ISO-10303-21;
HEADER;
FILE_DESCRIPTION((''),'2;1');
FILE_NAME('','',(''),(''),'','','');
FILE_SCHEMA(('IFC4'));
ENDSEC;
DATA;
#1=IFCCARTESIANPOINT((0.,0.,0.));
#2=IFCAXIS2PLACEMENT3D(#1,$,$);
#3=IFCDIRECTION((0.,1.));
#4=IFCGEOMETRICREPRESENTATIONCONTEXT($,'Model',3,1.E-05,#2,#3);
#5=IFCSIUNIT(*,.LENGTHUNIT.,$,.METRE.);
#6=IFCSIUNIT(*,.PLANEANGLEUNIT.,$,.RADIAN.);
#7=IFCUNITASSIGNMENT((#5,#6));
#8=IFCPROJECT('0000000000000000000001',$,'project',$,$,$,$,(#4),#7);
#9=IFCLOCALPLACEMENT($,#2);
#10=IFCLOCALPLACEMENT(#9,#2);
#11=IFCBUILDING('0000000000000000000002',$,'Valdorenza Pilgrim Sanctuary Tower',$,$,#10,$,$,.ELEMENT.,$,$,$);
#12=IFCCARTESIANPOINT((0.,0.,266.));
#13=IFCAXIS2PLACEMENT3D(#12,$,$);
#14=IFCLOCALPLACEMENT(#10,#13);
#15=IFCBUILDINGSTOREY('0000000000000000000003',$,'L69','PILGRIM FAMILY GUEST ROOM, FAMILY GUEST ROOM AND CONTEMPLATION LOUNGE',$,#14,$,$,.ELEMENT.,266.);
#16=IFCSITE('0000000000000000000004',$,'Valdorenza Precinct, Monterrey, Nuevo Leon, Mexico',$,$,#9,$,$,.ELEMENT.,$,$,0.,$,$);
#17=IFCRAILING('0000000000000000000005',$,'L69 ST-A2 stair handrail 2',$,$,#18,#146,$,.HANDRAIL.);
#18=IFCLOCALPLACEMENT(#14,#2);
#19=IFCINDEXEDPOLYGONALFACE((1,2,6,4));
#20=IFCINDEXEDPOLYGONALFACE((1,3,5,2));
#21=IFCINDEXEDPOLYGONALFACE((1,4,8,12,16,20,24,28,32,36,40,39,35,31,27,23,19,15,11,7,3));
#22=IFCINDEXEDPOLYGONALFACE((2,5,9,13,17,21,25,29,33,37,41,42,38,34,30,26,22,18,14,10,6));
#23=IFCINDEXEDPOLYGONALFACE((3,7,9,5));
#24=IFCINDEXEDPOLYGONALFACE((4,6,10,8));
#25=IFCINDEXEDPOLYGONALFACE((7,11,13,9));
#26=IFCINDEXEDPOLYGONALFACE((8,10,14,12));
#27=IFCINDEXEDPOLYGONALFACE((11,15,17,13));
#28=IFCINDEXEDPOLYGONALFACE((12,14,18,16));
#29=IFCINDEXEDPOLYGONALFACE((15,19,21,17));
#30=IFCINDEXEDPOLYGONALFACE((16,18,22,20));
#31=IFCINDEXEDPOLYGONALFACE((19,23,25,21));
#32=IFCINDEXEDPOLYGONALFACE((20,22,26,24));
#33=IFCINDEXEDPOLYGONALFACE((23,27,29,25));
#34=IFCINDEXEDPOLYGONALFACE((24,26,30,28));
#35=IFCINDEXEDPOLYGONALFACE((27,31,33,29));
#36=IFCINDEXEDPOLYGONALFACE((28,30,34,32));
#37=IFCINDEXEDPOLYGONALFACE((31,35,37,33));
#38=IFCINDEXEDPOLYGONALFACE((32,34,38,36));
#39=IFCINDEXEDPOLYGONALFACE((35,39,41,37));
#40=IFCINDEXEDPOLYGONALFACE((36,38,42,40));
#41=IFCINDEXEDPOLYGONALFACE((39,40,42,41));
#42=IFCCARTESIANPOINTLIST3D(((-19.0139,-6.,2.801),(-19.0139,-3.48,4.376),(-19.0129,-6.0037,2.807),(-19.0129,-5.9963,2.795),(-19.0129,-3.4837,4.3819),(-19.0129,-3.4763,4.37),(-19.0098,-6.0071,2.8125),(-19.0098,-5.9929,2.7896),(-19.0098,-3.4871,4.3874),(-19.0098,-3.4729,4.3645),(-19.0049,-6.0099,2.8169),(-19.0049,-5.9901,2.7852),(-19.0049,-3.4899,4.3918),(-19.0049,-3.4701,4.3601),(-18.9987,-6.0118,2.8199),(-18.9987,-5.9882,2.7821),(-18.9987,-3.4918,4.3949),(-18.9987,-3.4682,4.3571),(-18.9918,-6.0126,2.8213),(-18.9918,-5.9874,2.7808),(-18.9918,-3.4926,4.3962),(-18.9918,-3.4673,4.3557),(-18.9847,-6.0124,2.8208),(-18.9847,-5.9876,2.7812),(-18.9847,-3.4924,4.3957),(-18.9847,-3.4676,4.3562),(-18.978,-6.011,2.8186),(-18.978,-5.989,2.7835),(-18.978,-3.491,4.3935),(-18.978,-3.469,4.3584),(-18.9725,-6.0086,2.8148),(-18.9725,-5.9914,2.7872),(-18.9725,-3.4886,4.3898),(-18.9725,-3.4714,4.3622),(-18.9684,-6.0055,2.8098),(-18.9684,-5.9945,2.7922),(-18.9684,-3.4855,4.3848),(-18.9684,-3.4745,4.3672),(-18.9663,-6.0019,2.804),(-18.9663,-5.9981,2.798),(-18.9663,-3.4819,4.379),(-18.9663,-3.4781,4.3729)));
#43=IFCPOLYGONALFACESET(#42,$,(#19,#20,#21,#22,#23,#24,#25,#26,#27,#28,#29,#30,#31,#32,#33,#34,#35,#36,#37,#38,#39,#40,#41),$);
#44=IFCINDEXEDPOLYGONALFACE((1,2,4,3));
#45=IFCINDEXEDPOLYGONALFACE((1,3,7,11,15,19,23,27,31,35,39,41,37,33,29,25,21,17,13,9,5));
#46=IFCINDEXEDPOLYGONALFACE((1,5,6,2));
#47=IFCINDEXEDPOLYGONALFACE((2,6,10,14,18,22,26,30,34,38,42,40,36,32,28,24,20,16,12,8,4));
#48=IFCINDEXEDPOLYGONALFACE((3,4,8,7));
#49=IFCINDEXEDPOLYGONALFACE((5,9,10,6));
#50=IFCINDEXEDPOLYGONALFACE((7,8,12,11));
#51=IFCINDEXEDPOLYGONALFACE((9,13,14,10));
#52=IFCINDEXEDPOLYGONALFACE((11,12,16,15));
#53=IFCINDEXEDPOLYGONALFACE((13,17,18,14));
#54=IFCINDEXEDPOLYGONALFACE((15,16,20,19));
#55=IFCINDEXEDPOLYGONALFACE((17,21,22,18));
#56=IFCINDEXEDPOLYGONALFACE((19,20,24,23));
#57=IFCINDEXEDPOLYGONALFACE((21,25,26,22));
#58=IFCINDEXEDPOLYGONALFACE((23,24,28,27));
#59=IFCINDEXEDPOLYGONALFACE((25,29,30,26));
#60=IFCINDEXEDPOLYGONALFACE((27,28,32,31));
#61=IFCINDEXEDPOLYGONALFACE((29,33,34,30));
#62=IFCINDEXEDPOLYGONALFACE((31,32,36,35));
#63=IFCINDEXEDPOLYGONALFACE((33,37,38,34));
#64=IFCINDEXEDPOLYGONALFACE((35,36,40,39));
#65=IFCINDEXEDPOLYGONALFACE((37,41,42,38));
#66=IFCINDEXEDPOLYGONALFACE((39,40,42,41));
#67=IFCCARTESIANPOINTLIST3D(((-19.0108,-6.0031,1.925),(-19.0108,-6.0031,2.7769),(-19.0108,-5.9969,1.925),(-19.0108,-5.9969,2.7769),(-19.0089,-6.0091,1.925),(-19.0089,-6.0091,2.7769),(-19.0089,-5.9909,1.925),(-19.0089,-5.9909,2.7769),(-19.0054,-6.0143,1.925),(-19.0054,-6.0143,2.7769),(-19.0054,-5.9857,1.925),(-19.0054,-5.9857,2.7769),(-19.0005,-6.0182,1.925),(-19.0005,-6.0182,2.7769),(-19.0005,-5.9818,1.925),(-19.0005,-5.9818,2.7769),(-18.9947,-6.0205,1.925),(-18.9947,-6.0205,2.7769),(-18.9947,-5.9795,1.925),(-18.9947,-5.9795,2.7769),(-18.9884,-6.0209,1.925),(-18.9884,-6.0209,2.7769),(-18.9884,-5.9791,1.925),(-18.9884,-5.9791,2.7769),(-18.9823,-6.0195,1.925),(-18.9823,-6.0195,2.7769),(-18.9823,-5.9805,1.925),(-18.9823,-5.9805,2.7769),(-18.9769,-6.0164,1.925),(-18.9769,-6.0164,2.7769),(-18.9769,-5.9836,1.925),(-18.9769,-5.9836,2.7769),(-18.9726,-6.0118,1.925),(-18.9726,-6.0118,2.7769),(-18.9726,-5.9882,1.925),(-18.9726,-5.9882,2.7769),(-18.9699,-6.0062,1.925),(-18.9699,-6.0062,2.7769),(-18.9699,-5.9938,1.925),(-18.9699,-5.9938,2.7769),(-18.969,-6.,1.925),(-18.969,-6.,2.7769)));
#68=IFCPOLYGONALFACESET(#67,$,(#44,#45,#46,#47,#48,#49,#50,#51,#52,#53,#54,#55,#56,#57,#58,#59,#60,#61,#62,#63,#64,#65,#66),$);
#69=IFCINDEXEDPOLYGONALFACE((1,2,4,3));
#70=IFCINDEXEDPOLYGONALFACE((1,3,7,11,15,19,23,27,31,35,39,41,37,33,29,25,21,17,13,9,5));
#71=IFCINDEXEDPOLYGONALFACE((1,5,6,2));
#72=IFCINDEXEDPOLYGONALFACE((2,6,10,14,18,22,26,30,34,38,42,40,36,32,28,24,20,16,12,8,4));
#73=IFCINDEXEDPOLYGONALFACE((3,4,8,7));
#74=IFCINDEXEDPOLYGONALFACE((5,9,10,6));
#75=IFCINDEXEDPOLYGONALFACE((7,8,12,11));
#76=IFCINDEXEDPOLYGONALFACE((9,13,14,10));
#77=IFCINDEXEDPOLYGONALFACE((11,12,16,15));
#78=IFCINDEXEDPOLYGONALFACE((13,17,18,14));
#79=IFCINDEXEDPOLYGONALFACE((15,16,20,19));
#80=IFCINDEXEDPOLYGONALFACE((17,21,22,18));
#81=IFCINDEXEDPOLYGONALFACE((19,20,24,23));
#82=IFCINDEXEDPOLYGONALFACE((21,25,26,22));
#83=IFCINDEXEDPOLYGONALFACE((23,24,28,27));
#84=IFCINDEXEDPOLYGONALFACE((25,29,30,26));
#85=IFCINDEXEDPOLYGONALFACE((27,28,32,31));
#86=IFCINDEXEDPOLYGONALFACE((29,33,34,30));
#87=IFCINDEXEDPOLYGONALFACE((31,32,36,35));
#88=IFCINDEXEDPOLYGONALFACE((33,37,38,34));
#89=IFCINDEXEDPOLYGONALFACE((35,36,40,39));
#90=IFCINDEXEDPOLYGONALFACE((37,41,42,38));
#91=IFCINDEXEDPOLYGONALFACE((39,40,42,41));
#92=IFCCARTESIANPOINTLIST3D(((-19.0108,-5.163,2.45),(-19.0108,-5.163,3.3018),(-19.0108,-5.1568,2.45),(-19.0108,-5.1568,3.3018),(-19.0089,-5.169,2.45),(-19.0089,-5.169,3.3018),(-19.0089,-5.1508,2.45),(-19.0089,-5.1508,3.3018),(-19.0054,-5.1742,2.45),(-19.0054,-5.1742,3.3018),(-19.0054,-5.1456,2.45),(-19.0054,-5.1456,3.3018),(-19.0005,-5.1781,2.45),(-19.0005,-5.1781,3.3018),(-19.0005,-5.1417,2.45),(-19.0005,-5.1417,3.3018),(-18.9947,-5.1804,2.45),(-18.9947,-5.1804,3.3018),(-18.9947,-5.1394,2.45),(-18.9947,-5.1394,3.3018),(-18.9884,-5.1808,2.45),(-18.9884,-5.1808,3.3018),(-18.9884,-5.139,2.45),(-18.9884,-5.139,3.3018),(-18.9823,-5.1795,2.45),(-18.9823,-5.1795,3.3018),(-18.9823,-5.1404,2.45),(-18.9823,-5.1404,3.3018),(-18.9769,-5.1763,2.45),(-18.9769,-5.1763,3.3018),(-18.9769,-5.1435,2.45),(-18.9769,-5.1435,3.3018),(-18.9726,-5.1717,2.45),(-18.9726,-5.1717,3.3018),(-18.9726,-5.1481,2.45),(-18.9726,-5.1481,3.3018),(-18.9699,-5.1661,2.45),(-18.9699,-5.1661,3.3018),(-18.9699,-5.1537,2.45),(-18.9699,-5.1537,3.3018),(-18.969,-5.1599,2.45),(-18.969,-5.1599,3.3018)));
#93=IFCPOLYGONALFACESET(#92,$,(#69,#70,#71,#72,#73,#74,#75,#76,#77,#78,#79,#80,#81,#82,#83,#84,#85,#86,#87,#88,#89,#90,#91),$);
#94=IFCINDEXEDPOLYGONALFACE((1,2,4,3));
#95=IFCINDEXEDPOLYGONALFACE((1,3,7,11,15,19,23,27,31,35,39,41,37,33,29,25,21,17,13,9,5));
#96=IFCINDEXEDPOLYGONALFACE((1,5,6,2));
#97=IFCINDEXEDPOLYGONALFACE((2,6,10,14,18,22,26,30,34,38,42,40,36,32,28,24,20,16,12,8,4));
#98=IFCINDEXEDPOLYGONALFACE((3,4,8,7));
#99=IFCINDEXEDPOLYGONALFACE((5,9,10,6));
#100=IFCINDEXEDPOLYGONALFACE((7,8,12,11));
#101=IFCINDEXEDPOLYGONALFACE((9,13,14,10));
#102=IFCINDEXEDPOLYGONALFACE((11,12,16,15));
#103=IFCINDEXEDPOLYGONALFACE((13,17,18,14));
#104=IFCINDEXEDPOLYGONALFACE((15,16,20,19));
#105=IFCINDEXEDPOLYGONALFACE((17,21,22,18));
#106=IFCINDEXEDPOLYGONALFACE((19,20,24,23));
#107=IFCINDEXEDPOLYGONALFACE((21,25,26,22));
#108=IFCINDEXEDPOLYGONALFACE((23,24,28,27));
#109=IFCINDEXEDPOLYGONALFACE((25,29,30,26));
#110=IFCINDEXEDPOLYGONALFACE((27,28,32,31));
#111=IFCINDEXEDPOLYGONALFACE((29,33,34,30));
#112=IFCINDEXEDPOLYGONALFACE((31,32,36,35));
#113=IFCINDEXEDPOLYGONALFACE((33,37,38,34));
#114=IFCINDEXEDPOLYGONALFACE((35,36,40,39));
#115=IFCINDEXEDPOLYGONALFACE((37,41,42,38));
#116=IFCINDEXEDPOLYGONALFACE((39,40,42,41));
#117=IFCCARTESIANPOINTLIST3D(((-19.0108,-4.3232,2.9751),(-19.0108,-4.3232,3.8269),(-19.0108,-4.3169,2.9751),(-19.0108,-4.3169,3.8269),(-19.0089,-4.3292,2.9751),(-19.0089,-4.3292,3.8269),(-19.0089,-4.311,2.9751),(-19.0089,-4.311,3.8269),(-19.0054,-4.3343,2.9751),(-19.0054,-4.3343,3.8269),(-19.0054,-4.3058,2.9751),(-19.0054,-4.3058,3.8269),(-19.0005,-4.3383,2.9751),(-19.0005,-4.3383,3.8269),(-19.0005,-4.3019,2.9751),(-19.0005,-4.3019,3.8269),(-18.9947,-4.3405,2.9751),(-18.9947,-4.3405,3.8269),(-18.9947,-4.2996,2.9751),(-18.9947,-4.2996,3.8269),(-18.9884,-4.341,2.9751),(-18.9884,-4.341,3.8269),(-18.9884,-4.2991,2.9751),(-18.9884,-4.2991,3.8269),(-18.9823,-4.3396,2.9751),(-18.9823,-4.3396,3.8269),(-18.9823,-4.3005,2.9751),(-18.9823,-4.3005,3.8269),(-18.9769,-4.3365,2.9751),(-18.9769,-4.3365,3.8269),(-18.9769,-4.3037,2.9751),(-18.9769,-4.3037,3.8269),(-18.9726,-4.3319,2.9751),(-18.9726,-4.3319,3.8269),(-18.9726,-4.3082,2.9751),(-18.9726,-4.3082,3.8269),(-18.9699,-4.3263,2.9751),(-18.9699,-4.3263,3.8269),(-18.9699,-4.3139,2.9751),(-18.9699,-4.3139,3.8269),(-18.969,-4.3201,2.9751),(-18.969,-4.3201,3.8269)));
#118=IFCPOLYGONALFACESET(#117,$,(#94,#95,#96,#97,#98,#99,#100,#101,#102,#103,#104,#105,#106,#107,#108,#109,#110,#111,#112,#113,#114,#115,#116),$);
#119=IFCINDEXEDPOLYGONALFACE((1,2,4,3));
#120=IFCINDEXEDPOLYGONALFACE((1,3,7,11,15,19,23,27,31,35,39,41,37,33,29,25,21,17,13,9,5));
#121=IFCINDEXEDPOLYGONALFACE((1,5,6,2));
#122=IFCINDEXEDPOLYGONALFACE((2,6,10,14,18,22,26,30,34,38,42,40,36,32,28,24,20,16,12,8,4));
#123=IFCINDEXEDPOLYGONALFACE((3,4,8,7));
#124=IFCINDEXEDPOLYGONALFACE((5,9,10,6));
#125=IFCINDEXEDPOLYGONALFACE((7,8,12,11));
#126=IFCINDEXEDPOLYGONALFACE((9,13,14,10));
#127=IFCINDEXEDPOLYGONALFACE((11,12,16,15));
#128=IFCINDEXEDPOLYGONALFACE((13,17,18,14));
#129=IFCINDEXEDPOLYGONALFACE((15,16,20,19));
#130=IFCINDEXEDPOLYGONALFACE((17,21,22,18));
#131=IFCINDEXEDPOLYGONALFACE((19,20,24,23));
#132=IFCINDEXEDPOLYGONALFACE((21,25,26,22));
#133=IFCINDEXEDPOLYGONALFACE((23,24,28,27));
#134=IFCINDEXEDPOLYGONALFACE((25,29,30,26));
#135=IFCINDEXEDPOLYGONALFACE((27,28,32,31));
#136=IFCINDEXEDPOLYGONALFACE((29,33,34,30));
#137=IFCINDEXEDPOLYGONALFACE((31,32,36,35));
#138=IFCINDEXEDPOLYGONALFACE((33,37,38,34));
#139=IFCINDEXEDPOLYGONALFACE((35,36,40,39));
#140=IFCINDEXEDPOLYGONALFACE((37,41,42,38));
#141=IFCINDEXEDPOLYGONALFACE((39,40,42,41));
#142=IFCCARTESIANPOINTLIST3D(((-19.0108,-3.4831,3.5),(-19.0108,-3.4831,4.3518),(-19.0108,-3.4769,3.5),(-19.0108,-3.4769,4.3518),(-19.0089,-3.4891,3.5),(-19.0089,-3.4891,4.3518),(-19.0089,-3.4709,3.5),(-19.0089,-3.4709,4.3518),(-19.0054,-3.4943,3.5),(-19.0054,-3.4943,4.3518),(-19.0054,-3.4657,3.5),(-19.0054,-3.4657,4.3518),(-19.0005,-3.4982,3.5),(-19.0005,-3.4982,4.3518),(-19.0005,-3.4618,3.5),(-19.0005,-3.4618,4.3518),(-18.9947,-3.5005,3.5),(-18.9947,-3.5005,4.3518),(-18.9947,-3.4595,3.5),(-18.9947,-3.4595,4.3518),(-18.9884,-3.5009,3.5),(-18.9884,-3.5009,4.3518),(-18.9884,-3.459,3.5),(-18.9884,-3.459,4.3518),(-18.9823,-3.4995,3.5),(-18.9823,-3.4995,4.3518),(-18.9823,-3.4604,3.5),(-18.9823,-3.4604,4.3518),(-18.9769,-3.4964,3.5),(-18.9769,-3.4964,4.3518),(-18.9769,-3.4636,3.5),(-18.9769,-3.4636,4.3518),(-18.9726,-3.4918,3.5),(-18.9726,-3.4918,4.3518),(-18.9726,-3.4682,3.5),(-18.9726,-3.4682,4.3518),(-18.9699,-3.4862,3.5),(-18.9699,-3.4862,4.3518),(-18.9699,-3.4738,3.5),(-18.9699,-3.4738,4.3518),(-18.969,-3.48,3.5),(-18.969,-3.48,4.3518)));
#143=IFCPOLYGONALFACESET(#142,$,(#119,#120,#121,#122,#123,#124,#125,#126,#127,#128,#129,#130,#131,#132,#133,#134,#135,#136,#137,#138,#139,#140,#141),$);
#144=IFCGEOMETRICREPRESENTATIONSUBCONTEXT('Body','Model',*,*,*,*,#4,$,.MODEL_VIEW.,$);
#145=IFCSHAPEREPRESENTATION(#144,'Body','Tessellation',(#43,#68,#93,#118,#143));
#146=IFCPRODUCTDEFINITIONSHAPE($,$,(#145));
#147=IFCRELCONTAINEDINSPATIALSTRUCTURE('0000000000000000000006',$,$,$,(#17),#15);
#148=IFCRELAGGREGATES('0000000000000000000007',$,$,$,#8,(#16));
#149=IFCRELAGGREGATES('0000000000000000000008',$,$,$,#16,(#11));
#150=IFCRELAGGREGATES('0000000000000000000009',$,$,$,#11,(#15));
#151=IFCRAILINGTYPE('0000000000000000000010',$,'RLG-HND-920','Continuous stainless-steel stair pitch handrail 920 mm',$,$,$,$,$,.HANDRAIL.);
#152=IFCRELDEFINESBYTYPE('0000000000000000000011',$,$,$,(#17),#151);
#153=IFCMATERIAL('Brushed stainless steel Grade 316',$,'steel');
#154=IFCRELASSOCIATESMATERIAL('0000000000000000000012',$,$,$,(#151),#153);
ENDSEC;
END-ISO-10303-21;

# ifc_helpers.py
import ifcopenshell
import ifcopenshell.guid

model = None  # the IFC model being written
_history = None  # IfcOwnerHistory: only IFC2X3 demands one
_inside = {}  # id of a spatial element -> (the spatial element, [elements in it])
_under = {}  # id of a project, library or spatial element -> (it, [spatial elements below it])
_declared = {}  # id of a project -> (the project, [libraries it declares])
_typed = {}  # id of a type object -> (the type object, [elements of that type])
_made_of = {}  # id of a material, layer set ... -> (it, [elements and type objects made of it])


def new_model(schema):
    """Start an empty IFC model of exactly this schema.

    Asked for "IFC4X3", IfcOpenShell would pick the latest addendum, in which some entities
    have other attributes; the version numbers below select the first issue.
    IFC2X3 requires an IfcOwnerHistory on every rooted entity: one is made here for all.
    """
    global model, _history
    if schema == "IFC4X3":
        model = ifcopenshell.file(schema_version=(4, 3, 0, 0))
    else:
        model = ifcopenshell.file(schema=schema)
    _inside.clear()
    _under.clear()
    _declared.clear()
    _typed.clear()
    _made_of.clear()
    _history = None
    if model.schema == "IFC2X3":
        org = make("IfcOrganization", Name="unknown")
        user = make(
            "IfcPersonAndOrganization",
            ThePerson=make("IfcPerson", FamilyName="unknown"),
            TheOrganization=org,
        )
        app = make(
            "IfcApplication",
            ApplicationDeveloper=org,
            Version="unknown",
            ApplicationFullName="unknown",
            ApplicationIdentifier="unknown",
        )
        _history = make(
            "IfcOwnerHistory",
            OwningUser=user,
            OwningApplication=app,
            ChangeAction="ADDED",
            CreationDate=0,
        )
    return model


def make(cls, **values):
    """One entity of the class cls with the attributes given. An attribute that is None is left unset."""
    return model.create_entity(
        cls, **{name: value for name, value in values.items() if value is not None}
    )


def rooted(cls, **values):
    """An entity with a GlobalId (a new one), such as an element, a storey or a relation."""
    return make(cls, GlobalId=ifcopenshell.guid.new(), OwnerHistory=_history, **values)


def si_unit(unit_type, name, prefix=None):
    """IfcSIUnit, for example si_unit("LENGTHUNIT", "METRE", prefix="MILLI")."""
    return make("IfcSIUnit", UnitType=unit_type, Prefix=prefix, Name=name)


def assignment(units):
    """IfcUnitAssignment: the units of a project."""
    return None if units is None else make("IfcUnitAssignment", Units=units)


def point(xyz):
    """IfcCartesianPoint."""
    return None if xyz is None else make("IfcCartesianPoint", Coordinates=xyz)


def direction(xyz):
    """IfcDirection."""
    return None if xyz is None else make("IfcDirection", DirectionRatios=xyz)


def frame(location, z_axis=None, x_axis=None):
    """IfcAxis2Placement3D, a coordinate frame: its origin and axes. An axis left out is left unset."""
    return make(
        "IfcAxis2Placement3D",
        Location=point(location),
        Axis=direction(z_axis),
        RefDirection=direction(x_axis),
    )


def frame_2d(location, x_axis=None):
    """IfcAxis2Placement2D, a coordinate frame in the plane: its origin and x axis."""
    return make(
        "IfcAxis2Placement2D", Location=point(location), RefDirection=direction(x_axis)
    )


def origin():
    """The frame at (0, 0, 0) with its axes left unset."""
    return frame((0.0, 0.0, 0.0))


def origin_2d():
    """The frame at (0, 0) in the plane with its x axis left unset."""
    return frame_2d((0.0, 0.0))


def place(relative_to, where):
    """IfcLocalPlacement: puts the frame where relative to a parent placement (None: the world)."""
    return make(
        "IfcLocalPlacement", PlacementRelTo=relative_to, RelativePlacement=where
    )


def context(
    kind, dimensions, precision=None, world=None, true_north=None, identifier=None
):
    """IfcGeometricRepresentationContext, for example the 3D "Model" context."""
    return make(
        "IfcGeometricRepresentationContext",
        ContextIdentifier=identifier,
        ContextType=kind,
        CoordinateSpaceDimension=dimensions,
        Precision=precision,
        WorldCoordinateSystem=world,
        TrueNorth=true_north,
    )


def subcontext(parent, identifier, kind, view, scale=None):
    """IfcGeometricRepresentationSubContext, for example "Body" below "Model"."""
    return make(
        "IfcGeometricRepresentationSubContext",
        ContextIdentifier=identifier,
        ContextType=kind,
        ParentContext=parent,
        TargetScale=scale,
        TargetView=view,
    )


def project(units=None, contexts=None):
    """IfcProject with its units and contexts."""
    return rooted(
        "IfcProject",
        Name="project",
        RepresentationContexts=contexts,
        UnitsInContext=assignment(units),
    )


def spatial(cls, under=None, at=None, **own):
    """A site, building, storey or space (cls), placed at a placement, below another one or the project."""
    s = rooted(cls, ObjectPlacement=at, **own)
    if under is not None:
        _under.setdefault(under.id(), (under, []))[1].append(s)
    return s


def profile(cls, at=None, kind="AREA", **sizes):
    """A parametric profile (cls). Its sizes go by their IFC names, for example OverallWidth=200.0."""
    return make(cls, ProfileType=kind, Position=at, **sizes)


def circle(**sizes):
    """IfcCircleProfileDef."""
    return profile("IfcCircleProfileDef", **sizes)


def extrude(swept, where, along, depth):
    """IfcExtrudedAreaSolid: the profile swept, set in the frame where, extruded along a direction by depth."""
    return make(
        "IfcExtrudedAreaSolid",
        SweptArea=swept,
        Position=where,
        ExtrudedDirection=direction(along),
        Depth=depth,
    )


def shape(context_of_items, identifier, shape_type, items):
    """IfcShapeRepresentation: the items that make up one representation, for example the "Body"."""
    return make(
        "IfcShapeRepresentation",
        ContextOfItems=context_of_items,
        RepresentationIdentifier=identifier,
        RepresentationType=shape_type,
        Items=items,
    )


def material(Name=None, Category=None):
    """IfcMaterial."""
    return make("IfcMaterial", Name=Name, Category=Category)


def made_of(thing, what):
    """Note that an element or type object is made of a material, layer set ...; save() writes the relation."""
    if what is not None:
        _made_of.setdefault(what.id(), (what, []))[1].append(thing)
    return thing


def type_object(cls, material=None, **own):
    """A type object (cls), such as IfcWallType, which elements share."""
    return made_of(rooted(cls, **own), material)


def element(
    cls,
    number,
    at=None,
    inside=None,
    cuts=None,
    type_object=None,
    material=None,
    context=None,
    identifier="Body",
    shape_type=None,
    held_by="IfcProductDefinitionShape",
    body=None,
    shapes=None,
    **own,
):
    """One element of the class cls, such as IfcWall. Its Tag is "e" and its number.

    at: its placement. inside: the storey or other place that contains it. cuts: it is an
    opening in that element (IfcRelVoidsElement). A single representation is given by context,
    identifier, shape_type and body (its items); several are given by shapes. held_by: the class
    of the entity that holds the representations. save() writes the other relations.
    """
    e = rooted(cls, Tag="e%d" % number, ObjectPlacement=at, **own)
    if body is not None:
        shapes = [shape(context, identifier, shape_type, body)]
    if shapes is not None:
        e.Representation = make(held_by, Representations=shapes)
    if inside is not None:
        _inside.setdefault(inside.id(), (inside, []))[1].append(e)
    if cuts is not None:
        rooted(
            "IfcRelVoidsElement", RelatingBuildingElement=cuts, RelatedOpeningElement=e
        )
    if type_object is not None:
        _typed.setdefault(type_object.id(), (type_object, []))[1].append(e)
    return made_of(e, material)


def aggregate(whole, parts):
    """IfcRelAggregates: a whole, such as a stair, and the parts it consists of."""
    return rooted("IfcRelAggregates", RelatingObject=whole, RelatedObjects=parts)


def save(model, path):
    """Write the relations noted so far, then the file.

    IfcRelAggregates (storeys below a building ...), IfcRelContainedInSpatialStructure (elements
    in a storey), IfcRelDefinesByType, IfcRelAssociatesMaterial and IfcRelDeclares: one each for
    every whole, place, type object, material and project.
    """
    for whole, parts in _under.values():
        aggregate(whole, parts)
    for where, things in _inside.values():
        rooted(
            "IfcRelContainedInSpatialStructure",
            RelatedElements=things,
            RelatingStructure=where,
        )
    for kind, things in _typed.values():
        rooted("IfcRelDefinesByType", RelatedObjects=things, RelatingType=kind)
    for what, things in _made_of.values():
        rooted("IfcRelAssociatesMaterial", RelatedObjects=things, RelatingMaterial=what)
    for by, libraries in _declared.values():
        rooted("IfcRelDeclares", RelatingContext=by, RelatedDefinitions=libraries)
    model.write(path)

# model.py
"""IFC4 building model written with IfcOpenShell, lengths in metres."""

from ifc_helpers import new_model, si_unit, direction, frame, origin, origin_2d, place, context, subcontext, project, spatial, circle, extrude, material, type_object, element, save


model = new_model("IFC4")

# Units and contexts
model_context = context("Model", 3, precision=1e-05, world=origin(), true_north=direction((0.0, 1.0)))
body_context = subcontext(model_context, "Body", "Model", "MODEL_VIEW")
ifc_project = project(units=[si_unit("LENGTHUNIT", "METRE"), si_unit("PLANEANGLEUNIT", "RADIAN")], contexts=[model_context])

# Site, building, storey
site_placement = place(None, origin())
site = spatial("IfcSite", under=ifc_project, at=site_placement, Name="Valdorenza Precinct, Monterrey, Nuevo Leon, Mexico", CompositionType="ELEMENT", RefElevation=0.0)
building_placement = place(site_placement, origin())
building = spatial("IfcBuilding", under=site, at=building_placement, Name="Valdorenza Pilgrim Sanctuary Tower", CompositionType="ELEMENT")
storey_placement = place(building_placement, frame((0.0, 0.0, 266.0)))
storey = spatial("IfcBuildingStorey", under=building, at=storey_placement, Name="L69", Description="PILGRIM FAMILY GUEST ROOM, FAMILY GUEST ROOM AND CONTEMPLATION LOUNGE", CompositionType="ELEMENT", Elevation=266.0)

# Shared definitions
ifc_material_1 = material(Name="Brushed stainless steel Grade 316", Category="steel")

# Railing
railing_type_1 = type_object("IfcRailingType", Name="RLG-HND-920", Description="Continuous stainless-steel stair pitch handrail 920 mm", PredefinedType="HANDRAIL", material=ifc_material_1)
railing_1_placement = place(storey_placement, frame((-18.99, -6.0, 1.925)))
element("IfcRailing", 1, at=railing_1_placement, inside=storey, type_object=railing_type_1, Name="L69 ST-A2 stair handrail 2", PredefinedType="HANDRAIL", context=body_context, shape_type="SweptSolid", body=[
    extrude(circle(Radius=0.0239, at=origin_2d()), frame((0.0, 0.0, 0.876), z_axis=(0.0, 0.848008, 0.529984), x_axis=(-1.0, 0.0, 0.0)), (0.0, 0.0, 1.0), 2.9717),
    extrude(circle(Radius=0.021, at=origin_2d()), origin(), (0.0, 0.0, 1.0), 0.8518),
    extrude(circle(Radius=0.021, at=origin_2d()), frame((0.0, 0.8401, 0.5249)), (0.0, 0.0, 1.0), 0.8518),
    extrude(circle(Radius=0.021, at=origin_2d()), frame((0.0, 1.6799, 1.05)), (0.0, 0.0, 1.0), 0.8518),
    extrude(circle(Radius=0.021, at=origin_2d()), frame((0.0, 2.52, 1.575)), (0.0, 0.0, 1.0), 0.8518),
])

save(model, "model.ifc")
